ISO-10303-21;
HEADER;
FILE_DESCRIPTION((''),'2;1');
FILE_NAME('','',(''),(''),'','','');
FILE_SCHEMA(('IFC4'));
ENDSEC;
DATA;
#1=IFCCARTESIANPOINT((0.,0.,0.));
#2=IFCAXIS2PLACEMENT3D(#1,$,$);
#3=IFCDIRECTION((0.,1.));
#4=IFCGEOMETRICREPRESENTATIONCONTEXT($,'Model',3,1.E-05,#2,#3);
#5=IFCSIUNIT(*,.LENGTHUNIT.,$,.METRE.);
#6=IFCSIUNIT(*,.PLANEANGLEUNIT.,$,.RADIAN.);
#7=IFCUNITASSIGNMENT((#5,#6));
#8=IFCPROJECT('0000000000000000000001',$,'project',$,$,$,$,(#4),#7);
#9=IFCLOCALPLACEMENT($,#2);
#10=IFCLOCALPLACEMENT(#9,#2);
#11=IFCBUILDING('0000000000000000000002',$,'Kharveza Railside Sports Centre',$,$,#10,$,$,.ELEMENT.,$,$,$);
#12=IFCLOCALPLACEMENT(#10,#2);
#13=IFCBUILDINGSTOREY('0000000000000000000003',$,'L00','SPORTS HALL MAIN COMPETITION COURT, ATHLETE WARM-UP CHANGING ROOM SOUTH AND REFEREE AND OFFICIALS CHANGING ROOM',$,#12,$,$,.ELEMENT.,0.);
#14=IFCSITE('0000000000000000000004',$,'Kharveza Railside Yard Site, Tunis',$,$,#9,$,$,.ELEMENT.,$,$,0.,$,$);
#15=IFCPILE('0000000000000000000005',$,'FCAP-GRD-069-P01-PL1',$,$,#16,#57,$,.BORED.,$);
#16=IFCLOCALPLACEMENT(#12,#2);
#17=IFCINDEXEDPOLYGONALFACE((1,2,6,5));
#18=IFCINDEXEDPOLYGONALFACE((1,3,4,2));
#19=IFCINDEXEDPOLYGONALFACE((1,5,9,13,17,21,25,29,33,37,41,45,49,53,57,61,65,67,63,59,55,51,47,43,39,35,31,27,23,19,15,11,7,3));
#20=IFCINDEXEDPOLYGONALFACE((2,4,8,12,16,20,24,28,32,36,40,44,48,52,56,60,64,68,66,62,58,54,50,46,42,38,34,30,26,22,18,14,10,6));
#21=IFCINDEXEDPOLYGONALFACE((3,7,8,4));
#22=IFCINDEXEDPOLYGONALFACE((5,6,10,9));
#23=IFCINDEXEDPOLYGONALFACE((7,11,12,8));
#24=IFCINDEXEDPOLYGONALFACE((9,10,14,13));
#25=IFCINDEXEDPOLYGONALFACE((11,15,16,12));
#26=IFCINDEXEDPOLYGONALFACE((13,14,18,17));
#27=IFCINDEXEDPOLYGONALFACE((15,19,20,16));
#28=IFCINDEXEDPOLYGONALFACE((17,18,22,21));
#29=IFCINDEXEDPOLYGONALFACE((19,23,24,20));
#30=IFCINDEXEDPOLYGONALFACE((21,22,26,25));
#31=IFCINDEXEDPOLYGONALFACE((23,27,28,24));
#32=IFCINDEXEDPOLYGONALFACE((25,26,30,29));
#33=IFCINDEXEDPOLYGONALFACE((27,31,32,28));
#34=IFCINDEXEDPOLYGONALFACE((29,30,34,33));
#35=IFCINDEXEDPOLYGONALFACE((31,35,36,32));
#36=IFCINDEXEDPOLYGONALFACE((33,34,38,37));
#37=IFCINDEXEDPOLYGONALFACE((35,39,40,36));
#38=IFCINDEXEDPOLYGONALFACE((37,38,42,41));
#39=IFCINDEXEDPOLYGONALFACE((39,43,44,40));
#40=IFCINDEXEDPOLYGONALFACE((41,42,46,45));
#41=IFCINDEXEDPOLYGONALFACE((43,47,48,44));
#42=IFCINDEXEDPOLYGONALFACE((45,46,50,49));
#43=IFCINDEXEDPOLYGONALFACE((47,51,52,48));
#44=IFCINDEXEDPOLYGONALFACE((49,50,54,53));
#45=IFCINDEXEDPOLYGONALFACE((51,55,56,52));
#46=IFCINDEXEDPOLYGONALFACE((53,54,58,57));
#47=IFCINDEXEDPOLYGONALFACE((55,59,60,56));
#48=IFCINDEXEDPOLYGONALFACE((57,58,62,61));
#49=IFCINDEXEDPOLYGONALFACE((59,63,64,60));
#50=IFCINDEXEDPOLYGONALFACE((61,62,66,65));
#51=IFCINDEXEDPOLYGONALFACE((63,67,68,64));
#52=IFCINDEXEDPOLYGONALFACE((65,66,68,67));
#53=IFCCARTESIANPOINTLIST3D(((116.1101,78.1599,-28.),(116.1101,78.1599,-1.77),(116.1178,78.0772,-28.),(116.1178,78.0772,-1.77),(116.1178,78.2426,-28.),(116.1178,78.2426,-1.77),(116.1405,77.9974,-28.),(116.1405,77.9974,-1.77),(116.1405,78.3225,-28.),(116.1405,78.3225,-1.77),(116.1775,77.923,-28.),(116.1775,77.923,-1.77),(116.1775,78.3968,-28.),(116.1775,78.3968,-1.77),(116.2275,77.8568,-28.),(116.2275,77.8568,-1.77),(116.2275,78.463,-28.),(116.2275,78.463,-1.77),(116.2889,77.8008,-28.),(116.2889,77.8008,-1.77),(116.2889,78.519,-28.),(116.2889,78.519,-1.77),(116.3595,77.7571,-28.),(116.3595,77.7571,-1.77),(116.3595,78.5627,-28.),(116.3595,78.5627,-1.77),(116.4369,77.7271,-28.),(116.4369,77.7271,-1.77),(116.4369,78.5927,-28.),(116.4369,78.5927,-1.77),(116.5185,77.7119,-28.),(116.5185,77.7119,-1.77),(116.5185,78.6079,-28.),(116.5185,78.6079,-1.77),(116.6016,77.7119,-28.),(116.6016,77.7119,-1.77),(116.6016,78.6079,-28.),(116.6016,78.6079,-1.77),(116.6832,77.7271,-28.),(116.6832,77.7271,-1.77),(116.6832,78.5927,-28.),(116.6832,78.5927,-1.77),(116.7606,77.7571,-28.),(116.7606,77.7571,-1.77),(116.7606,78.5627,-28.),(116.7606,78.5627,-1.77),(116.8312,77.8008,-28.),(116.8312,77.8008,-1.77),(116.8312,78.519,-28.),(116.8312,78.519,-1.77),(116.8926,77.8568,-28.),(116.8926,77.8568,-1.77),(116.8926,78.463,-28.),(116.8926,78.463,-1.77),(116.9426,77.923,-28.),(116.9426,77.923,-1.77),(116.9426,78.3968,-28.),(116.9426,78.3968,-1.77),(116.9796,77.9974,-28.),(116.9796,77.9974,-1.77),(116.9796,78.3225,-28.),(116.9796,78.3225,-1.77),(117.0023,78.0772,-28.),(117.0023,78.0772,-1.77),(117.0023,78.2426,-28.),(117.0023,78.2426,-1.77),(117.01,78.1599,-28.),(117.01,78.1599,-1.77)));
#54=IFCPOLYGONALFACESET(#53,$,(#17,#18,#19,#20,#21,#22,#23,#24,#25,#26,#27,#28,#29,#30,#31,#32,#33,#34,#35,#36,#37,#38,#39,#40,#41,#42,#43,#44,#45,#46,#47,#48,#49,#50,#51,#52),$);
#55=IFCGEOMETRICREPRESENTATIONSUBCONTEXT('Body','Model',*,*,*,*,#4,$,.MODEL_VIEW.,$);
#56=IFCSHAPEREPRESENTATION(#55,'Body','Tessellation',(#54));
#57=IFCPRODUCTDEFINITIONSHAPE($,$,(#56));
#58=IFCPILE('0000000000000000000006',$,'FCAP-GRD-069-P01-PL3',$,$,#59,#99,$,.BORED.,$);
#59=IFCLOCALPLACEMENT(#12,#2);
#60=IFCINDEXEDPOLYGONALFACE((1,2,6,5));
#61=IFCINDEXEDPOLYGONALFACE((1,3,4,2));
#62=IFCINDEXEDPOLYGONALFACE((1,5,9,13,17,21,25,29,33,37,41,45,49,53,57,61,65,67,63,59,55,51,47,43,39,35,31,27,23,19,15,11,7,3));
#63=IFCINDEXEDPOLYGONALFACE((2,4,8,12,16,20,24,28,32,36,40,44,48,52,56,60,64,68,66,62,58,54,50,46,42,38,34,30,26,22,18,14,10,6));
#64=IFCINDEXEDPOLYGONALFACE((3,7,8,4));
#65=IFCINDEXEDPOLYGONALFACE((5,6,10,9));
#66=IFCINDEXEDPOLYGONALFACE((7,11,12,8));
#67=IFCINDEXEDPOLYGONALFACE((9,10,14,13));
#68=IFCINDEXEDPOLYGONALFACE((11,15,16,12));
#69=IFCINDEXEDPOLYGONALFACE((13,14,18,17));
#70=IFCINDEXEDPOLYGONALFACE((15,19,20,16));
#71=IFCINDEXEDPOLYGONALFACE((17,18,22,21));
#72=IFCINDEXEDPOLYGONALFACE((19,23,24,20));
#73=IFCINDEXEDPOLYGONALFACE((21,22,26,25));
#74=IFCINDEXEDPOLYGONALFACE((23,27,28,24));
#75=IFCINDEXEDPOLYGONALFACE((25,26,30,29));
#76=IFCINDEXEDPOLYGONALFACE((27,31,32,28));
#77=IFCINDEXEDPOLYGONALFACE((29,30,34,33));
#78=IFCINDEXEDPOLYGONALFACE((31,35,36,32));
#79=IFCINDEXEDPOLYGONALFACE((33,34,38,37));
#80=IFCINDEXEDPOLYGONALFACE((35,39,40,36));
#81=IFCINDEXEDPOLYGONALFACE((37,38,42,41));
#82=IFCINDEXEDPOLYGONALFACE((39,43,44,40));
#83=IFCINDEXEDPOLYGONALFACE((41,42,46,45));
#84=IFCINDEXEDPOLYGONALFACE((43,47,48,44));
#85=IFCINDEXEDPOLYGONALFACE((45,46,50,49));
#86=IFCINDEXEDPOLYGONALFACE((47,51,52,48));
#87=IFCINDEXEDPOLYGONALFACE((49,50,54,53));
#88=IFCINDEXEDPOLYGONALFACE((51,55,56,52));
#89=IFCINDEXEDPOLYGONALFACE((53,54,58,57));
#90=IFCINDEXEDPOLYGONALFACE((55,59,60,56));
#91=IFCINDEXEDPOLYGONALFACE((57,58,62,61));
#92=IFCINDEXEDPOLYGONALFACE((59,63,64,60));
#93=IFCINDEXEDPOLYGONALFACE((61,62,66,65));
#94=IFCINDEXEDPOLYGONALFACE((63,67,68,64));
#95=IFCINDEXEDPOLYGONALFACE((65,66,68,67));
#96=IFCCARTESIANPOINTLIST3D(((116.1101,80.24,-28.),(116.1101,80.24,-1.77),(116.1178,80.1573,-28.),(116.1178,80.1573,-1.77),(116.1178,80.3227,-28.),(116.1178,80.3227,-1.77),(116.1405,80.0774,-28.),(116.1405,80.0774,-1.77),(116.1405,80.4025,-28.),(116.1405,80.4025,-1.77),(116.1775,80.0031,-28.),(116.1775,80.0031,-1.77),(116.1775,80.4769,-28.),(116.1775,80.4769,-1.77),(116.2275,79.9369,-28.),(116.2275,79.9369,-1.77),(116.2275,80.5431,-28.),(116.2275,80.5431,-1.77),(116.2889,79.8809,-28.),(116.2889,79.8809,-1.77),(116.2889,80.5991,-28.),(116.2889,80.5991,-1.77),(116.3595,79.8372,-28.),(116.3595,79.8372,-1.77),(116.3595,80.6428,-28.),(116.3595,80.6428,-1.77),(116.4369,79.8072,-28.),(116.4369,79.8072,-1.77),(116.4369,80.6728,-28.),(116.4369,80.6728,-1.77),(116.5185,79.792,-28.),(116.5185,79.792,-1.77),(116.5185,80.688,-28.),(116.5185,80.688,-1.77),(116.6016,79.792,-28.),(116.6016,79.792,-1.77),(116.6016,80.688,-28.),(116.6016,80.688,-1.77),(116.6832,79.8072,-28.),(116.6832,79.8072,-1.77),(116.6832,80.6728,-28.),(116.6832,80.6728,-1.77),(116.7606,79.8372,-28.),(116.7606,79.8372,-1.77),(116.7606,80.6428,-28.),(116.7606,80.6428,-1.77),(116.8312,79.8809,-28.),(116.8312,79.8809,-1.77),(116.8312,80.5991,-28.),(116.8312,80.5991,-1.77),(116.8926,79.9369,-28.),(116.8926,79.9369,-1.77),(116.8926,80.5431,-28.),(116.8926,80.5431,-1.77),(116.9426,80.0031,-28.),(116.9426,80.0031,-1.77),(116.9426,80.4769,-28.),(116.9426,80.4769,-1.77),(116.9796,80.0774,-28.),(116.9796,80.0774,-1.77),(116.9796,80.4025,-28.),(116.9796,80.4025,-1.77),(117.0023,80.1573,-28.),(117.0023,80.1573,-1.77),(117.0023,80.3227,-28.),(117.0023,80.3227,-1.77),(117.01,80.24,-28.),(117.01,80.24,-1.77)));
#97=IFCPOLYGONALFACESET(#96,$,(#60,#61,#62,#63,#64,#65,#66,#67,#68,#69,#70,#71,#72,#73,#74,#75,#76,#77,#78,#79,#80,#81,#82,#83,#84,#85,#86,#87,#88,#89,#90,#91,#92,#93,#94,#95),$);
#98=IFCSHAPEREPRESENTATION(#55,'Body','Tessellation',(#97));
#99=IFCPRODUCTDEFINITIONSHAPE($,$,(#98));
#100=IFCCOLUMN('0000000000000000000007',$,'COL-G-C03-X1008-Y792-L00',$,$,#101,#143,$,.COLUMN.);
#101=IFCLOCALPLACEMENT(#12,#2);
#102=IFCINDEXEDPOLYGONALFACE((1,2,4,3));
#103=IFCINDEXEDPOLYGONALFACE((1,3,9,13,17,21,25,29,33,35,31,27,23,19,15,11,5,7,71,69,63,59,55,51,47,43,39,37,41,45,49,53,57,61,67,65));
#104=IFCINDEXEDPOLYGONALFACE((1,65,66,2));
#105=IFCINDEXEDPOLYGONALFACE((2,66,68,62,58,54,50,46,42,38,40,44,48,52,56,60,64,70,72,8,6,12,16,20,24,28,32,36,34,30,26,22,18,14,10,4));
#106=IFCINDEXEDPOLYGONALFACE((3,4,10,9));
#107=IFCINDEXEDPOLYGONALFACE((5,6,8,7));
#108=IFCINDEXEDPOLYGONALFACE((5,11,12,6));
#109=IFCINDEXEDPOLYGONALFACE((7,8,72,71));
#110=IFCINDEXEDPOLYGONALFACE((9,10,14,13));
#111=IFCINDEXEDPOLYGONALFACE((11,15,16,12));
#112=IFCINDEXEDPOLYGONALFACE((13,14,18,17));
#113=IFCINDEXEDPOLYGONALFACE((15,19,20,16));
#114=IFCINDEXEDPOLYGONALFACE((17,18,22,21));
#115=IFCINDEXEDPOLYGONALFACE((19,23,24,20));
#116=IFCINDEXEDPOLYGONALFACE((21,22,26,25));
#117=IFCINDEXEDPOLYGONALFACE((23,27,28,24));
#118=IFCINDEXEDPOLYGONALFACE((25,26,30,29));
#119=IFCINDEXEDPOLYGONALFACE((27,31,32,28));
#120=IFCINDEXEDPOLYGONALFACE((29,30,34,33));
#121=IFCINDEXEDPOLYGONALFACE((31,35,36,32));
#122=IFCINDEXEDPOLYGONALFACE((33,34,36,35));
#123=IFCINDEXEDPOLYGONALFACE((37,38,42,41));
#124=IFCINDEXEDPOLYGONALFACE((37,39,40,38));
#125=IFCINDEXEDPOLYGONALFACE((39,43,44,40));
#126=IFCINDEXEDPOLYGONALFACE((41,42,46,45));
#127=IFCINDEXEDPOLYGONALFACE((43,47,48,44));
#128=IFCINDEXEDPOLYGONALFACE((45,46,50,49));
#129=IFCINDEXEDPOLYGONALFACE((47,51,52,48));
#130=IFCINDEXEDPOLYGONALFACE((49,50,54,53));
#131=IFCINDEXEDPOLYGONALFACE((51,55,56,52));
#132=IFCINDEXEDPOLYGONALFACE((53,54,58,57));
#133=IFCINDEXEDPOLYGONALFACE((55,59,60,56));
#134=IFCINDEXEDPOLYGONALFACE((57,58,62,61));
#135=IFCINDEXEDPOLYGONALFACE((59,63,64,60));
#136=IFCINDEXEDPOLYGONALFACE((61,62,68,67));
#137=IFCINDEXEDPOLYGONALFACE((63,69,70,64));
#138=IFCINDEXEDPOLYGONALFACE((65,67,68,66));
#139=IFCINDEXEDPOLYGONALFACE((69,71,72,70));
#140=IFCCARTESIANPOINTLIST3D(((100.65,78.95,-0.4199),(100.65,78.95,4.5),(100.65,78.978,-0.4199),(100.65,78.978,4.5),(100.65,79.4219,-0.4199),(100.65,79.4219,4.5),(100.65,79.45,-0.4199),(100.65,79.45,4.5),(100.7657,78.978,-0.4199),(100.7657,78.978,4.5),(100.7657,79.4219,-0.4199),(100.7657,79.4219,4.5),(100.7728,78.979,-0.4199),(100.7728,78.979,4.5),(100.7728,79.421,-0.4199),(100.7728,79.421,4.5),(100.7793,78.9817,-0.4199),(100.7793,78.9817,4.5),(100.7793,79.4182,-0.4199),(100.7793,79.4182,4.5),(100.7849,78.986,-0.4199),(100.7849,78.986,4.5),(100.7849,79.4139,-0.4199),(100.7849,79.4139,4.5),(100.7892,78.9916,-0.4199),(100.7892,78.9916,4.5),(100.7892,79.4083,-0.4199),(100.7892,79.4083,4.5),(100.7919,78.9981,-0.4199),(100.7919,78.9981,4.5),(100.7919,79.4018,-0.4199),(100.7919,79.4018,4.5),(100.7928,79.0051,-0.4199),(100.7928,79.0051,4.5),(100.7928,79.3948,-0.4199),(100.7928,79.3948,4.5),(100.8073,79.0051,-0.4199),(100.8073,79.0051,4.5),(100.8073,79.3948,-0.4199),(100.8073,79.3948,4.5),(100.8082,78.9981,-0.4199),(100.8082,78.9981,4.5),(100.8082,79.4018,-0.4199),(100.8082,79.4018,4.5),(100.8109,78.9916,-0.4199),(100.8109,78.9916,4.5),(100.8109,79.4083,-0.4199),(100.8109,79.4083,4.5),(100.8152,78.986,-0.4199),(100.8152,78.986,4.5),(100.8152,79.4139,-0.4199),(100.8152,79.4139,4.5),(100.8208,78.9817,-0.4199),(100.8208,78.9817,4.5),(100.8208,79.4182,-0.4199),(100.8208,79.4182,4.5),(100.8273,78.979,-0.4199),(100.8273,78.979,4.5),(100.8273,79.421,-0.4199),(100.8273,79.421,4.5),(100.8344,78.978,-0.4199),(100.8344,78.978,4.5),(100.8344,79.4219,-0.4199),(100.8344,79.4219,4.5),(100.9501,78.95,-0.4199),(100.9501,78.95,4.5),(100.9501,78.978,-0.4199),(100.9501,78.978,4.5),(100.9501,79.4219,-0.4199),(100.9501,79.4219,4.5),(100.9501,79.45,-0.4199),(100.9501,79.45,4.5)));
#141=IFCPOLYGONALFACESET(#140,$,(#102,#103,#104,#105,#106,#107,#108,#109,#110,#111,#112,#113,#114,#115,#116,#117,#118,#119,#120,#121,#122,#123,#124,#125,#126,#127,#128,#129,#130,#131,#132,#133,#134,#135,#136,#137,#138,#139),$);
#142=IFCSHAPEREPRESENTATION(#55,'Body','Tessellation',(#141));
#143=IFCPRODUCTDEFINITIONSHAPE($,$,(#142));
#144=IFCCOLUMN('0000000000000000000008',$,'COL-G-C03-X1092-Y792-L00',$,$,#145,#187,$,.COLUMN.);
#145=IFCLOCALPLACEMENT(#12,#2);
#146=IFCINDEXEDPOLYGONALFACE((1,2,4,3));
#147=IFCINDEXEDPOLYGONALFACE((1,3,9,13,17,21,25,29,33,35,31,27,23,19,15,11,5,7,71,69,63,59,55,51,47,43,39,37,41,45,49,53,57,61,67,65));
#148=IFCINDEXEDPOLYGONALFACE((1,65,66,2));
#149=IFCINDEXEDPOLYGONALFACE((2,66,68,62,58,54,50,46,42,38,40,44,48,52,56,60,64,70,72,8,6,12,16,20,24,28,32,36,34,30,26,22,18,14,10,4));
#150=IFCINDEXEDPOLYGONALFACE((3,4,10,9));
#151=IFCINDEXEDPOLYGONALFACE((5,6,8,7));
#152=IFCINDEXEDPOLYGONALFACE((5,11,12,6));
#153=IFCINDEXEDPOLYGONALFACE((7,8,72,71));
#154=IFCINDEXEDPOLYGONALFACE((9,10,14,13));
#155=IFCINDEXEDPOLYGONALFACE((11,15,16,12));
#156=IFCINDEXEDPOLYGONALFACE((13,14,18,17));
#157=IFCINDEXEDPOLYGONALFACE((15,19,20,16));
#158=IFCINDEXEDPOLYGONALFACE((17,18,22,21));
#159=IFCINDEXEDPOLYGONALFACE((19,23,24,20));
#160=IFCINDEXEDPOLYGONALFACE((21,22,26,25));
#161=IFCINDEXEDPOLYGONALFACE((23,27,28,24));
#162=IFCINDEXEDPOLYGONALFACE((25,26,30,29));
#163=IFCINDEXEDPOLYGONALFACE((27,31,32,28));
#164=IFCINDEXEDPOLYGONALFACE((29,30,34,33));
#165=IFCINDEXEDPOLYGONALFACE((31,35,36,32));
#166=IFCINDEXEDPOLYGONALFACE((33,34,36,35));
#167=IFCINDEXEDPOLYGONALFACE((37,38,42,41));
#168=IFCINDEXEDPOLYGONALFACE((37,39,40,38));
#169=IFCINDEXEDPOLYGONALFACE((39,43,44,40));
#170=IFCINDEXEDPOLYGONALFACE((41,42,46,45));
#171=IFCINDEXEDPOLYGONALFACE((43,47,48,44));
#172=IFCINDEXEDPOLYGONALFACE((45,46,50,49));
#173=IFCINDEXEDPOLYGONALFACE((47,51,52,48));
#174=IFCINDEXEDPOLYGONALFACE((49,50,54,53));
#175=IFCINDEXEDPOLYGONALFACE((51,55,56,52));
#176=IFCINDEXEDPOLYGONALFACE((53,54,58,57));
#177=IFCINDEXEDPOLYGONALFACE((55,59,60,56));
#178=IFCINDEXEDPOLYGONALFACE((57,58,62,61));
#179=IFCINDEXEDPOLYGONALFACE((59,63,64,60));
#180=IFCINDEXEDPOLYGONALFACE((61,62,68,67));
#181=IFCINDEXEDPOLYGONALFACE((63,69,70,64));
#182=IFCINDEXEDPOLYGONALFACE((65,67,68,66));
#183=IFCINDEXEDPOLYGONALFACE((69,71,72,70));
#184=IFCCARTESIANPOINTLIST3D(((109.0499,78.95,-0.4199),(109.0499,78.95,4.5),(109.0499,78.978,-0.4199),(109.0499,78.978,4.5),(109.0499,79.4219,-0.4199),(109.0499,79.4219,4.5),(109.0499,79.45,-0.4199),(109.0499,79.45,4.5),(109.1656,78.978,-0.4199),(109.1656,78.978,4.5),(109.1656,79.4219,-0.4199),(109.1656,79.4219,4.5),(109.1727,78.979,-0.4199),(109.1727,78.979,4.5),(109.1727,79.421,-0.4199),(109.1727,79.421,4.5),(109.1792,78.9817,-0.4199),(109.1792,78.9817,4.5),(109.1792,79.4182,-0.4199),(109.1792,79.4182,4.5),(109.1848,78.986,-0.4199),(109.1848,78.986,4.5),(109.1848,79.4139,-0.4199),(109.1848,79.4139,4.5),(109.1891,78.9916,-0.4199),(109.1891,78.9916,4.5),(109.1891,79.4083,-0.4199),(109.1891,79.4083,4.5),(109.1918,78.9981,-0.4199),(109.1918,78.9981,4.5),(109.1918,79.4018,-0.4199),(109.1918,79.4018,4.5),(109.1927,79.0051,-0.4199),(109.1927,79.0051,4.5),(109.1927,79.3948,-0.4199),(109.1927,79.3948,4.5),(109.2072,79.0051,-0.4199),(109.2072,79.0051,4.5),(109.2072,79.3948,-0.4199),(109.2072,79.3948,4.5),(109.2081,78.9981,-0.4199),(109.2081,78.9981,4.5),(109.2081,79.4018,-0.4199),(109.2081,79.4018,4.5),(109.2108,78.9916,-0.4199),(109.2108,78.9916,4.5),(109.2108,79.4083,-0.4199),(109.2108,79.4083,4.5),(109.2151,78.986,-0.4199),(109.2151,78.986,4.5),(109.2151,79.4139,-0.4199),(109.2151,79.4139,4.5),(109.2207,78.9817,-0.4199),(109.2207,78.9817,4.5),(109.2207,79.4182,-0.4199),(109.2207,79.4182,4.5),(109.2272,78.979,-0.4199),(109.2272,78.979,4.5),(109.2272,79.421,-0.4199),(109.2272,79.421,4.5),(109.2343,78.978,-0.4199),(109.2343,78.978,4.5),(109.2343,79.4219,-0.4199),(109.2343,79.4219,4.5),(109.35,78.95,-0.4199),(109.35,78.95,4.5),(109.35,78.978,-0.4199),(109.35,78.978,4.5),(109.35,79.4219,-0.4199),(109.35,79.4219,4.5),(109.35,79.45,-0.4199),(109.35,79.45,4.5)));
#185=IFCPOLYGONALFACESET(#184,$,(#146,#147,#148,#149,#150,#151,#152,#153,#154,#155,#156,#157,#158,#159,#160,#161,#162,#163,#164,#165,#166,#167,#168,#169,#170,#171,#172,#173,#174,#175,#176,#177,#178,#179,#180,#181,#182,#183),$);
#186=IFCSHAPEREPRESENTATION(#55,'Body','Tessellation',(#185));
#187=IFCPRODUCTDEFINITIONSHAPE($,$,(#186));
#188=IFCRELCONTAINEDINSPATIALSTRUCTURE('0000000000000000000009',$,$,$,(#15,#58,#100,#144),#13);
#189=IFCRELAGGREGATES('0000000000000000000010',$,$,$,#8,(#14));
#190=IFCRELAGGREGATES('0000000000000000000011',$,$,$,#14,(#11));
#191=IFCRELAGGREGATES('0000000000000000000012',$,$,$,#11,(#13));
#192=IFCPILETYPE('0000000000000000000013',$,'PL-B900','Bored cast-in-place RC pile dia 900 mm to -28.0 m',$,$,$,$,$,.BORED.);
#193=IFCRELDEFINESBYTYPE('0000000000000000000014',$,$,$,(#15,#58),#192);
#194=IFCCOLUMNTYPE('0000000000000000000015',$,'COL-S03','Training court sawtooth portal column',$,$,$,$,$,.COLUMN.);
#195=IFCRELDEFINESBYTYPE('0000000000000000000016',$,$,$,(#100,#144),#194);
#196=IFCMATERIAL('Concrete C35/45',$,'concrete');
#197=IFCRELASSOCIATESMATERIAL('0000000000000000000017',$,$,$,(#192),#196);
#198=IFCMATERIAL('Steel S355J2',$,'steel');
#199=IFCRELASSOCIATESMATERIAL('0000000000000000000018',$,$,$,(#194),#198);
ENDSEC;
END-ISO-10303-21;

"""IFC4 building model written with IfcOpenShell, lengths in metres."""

from ifc_helpers import new_model, si_unit, direction, frame, origin, origin_2d, place, context, subcontext, project, spatial, circle, i_section, extrude, material, material_profile, profile_set, type_object, element, save


model = new_model("IFC4")

# Units and contexts
model_context = context("Model", 3, precision=1e-05, world=origin(), true_north=direction((0.0, 1.0)))
body_context = subcontext(model_context, "Body", "Model", "MODEL_VIEW")
ifc_project = project(units=[si_unit("LENGTHUNIT", "METRE"), si_unit("PLANEANGLEUNIT", "RADIAN")], contexts=[model_context])

# Site, building, storey
site_placement = place(None, origin())
site = spatial("IfcSite", under=ifc_project, at=site_placement, Name="Kharveza Railside Yard Site, Tunis", CompositionType="ELEMENT", RefElevation=0.0)
building_placement = place(site_placement, origin())
building = spatial("IfcBuilding", under=site, at=building_placement, Name="Kharveza Railside Sports Centre", CompositionType="ELEMENT")
storey_placement = place(building_placement, origin())
storey = spatial("IfcBuildingStorey", under=building, at=storey_placement, Name="L00", Description="SPORTS HALL MAIN COMPETITION COURT, ATHLETE WARM-UP CHANGING ROOM SOUTH AND REFEREE AND OFFICIALS CHANGING ROOM", CompositionType="ELEMENT", Elevation=0.0)

# Shared definitions
ifc_material_1 = material(Name="Concrete C35/45", Category="concrete")

# Piles
ifc_material_profile_1 = material_profile(ifc_material_1, circle(Radius=0.45, at=origin_2d()), Name="PILE D900")
ifc_profile_set_1 = profile_set([ifc_material_profile_1], Name="Concrete C35/45")
pile_type = type_object("IfcPileType", Name="PL-B900", Description="Bored cast-in-place RC pile dia 900 mm to -28.0 m", PredefinedType="BORED", material=ifc_profile_set_1)
for number, where, z_axis, x_axis, name in (
    (1, (116.5601, 78.1599, -1.77), (0.0, 0.0, -1.0), (1.0, 0.0, 0.0), "FCAP-GRD-069-P01-PL1"),
    (2, (116.5601, 80.24, -1.77), (0.0, 0.0, -1.0), (1.0, 0.0, 0.0), "FCAP-GRD-069-P01-PL3"),
):
    element("IfcPile", number, at=place(storey_placement, frame(where, z_axis=z_axis, x_axis=x_axis)), inside=storey, type_object=pile_type, Name=name, PredefinedType="BORED", context=body_context, shape_type="SweptSolid", body=[
        extrude(circle(Radius=0.45, at=origin_2d()), origin(), (0.0, 0.0, 1.0), 26.23),
    ])

# Columns
ifc_material_2 = material(Name="Steel S355J2", Category="steel")
ifc_material_profile_2 = material_profile(ifc_material_2, i_section(OverallWidth=0.3, OverallDepth=0.5, WebThickness=0.0144, FlangeThickness=0.0281, FilletRadius=0.0271, at=origin_2d()), Name="HEB 500")
ifc_profile_set_2 = profile_set([ifc_material_profile_2], Name="Steel S355J2")
column_type = type_object("IfcColumnType", Name="COL-S03", Description="Training court sawtooth portal column", PredefinedType="COLUMN", material=ifc_profile_set_2)
for number, where, z_axis, x_axis, name in (
    (3, (100.8, 79.2, -0.4199), (0.0, 0.0, 1.0), (1.0, 0.0, 0.0), "COL-G-C03-X1008-Y792-L00"),
    (4, (109.2, 79.2, -0.4199), (0.0, 0.0, 1.0), (1.0, 0.0, 0.0), "COL-G-C03-X1092-Y792-L00"),
):
    element("IfcColumn", number, at=place(storey_placement, frame(where, z_axis=z_axis, x_axis=x_axis)), inside=storey, type_object=column_type, Name=name, PredefinedType="COLUMN", context=body_context, shape_type="SweptSolid", body=[
        extrude(i_section(OverallWidth=0.3, OverallDepth=0.5, WebThickness=0.0144, FlangeThickness=0.0281, FilletRadius=0.0271, at=origin_2d()), origin(), (0.0, 0.0, 1.0), 4.9199),
    ])

save(model, "model.ifc")
